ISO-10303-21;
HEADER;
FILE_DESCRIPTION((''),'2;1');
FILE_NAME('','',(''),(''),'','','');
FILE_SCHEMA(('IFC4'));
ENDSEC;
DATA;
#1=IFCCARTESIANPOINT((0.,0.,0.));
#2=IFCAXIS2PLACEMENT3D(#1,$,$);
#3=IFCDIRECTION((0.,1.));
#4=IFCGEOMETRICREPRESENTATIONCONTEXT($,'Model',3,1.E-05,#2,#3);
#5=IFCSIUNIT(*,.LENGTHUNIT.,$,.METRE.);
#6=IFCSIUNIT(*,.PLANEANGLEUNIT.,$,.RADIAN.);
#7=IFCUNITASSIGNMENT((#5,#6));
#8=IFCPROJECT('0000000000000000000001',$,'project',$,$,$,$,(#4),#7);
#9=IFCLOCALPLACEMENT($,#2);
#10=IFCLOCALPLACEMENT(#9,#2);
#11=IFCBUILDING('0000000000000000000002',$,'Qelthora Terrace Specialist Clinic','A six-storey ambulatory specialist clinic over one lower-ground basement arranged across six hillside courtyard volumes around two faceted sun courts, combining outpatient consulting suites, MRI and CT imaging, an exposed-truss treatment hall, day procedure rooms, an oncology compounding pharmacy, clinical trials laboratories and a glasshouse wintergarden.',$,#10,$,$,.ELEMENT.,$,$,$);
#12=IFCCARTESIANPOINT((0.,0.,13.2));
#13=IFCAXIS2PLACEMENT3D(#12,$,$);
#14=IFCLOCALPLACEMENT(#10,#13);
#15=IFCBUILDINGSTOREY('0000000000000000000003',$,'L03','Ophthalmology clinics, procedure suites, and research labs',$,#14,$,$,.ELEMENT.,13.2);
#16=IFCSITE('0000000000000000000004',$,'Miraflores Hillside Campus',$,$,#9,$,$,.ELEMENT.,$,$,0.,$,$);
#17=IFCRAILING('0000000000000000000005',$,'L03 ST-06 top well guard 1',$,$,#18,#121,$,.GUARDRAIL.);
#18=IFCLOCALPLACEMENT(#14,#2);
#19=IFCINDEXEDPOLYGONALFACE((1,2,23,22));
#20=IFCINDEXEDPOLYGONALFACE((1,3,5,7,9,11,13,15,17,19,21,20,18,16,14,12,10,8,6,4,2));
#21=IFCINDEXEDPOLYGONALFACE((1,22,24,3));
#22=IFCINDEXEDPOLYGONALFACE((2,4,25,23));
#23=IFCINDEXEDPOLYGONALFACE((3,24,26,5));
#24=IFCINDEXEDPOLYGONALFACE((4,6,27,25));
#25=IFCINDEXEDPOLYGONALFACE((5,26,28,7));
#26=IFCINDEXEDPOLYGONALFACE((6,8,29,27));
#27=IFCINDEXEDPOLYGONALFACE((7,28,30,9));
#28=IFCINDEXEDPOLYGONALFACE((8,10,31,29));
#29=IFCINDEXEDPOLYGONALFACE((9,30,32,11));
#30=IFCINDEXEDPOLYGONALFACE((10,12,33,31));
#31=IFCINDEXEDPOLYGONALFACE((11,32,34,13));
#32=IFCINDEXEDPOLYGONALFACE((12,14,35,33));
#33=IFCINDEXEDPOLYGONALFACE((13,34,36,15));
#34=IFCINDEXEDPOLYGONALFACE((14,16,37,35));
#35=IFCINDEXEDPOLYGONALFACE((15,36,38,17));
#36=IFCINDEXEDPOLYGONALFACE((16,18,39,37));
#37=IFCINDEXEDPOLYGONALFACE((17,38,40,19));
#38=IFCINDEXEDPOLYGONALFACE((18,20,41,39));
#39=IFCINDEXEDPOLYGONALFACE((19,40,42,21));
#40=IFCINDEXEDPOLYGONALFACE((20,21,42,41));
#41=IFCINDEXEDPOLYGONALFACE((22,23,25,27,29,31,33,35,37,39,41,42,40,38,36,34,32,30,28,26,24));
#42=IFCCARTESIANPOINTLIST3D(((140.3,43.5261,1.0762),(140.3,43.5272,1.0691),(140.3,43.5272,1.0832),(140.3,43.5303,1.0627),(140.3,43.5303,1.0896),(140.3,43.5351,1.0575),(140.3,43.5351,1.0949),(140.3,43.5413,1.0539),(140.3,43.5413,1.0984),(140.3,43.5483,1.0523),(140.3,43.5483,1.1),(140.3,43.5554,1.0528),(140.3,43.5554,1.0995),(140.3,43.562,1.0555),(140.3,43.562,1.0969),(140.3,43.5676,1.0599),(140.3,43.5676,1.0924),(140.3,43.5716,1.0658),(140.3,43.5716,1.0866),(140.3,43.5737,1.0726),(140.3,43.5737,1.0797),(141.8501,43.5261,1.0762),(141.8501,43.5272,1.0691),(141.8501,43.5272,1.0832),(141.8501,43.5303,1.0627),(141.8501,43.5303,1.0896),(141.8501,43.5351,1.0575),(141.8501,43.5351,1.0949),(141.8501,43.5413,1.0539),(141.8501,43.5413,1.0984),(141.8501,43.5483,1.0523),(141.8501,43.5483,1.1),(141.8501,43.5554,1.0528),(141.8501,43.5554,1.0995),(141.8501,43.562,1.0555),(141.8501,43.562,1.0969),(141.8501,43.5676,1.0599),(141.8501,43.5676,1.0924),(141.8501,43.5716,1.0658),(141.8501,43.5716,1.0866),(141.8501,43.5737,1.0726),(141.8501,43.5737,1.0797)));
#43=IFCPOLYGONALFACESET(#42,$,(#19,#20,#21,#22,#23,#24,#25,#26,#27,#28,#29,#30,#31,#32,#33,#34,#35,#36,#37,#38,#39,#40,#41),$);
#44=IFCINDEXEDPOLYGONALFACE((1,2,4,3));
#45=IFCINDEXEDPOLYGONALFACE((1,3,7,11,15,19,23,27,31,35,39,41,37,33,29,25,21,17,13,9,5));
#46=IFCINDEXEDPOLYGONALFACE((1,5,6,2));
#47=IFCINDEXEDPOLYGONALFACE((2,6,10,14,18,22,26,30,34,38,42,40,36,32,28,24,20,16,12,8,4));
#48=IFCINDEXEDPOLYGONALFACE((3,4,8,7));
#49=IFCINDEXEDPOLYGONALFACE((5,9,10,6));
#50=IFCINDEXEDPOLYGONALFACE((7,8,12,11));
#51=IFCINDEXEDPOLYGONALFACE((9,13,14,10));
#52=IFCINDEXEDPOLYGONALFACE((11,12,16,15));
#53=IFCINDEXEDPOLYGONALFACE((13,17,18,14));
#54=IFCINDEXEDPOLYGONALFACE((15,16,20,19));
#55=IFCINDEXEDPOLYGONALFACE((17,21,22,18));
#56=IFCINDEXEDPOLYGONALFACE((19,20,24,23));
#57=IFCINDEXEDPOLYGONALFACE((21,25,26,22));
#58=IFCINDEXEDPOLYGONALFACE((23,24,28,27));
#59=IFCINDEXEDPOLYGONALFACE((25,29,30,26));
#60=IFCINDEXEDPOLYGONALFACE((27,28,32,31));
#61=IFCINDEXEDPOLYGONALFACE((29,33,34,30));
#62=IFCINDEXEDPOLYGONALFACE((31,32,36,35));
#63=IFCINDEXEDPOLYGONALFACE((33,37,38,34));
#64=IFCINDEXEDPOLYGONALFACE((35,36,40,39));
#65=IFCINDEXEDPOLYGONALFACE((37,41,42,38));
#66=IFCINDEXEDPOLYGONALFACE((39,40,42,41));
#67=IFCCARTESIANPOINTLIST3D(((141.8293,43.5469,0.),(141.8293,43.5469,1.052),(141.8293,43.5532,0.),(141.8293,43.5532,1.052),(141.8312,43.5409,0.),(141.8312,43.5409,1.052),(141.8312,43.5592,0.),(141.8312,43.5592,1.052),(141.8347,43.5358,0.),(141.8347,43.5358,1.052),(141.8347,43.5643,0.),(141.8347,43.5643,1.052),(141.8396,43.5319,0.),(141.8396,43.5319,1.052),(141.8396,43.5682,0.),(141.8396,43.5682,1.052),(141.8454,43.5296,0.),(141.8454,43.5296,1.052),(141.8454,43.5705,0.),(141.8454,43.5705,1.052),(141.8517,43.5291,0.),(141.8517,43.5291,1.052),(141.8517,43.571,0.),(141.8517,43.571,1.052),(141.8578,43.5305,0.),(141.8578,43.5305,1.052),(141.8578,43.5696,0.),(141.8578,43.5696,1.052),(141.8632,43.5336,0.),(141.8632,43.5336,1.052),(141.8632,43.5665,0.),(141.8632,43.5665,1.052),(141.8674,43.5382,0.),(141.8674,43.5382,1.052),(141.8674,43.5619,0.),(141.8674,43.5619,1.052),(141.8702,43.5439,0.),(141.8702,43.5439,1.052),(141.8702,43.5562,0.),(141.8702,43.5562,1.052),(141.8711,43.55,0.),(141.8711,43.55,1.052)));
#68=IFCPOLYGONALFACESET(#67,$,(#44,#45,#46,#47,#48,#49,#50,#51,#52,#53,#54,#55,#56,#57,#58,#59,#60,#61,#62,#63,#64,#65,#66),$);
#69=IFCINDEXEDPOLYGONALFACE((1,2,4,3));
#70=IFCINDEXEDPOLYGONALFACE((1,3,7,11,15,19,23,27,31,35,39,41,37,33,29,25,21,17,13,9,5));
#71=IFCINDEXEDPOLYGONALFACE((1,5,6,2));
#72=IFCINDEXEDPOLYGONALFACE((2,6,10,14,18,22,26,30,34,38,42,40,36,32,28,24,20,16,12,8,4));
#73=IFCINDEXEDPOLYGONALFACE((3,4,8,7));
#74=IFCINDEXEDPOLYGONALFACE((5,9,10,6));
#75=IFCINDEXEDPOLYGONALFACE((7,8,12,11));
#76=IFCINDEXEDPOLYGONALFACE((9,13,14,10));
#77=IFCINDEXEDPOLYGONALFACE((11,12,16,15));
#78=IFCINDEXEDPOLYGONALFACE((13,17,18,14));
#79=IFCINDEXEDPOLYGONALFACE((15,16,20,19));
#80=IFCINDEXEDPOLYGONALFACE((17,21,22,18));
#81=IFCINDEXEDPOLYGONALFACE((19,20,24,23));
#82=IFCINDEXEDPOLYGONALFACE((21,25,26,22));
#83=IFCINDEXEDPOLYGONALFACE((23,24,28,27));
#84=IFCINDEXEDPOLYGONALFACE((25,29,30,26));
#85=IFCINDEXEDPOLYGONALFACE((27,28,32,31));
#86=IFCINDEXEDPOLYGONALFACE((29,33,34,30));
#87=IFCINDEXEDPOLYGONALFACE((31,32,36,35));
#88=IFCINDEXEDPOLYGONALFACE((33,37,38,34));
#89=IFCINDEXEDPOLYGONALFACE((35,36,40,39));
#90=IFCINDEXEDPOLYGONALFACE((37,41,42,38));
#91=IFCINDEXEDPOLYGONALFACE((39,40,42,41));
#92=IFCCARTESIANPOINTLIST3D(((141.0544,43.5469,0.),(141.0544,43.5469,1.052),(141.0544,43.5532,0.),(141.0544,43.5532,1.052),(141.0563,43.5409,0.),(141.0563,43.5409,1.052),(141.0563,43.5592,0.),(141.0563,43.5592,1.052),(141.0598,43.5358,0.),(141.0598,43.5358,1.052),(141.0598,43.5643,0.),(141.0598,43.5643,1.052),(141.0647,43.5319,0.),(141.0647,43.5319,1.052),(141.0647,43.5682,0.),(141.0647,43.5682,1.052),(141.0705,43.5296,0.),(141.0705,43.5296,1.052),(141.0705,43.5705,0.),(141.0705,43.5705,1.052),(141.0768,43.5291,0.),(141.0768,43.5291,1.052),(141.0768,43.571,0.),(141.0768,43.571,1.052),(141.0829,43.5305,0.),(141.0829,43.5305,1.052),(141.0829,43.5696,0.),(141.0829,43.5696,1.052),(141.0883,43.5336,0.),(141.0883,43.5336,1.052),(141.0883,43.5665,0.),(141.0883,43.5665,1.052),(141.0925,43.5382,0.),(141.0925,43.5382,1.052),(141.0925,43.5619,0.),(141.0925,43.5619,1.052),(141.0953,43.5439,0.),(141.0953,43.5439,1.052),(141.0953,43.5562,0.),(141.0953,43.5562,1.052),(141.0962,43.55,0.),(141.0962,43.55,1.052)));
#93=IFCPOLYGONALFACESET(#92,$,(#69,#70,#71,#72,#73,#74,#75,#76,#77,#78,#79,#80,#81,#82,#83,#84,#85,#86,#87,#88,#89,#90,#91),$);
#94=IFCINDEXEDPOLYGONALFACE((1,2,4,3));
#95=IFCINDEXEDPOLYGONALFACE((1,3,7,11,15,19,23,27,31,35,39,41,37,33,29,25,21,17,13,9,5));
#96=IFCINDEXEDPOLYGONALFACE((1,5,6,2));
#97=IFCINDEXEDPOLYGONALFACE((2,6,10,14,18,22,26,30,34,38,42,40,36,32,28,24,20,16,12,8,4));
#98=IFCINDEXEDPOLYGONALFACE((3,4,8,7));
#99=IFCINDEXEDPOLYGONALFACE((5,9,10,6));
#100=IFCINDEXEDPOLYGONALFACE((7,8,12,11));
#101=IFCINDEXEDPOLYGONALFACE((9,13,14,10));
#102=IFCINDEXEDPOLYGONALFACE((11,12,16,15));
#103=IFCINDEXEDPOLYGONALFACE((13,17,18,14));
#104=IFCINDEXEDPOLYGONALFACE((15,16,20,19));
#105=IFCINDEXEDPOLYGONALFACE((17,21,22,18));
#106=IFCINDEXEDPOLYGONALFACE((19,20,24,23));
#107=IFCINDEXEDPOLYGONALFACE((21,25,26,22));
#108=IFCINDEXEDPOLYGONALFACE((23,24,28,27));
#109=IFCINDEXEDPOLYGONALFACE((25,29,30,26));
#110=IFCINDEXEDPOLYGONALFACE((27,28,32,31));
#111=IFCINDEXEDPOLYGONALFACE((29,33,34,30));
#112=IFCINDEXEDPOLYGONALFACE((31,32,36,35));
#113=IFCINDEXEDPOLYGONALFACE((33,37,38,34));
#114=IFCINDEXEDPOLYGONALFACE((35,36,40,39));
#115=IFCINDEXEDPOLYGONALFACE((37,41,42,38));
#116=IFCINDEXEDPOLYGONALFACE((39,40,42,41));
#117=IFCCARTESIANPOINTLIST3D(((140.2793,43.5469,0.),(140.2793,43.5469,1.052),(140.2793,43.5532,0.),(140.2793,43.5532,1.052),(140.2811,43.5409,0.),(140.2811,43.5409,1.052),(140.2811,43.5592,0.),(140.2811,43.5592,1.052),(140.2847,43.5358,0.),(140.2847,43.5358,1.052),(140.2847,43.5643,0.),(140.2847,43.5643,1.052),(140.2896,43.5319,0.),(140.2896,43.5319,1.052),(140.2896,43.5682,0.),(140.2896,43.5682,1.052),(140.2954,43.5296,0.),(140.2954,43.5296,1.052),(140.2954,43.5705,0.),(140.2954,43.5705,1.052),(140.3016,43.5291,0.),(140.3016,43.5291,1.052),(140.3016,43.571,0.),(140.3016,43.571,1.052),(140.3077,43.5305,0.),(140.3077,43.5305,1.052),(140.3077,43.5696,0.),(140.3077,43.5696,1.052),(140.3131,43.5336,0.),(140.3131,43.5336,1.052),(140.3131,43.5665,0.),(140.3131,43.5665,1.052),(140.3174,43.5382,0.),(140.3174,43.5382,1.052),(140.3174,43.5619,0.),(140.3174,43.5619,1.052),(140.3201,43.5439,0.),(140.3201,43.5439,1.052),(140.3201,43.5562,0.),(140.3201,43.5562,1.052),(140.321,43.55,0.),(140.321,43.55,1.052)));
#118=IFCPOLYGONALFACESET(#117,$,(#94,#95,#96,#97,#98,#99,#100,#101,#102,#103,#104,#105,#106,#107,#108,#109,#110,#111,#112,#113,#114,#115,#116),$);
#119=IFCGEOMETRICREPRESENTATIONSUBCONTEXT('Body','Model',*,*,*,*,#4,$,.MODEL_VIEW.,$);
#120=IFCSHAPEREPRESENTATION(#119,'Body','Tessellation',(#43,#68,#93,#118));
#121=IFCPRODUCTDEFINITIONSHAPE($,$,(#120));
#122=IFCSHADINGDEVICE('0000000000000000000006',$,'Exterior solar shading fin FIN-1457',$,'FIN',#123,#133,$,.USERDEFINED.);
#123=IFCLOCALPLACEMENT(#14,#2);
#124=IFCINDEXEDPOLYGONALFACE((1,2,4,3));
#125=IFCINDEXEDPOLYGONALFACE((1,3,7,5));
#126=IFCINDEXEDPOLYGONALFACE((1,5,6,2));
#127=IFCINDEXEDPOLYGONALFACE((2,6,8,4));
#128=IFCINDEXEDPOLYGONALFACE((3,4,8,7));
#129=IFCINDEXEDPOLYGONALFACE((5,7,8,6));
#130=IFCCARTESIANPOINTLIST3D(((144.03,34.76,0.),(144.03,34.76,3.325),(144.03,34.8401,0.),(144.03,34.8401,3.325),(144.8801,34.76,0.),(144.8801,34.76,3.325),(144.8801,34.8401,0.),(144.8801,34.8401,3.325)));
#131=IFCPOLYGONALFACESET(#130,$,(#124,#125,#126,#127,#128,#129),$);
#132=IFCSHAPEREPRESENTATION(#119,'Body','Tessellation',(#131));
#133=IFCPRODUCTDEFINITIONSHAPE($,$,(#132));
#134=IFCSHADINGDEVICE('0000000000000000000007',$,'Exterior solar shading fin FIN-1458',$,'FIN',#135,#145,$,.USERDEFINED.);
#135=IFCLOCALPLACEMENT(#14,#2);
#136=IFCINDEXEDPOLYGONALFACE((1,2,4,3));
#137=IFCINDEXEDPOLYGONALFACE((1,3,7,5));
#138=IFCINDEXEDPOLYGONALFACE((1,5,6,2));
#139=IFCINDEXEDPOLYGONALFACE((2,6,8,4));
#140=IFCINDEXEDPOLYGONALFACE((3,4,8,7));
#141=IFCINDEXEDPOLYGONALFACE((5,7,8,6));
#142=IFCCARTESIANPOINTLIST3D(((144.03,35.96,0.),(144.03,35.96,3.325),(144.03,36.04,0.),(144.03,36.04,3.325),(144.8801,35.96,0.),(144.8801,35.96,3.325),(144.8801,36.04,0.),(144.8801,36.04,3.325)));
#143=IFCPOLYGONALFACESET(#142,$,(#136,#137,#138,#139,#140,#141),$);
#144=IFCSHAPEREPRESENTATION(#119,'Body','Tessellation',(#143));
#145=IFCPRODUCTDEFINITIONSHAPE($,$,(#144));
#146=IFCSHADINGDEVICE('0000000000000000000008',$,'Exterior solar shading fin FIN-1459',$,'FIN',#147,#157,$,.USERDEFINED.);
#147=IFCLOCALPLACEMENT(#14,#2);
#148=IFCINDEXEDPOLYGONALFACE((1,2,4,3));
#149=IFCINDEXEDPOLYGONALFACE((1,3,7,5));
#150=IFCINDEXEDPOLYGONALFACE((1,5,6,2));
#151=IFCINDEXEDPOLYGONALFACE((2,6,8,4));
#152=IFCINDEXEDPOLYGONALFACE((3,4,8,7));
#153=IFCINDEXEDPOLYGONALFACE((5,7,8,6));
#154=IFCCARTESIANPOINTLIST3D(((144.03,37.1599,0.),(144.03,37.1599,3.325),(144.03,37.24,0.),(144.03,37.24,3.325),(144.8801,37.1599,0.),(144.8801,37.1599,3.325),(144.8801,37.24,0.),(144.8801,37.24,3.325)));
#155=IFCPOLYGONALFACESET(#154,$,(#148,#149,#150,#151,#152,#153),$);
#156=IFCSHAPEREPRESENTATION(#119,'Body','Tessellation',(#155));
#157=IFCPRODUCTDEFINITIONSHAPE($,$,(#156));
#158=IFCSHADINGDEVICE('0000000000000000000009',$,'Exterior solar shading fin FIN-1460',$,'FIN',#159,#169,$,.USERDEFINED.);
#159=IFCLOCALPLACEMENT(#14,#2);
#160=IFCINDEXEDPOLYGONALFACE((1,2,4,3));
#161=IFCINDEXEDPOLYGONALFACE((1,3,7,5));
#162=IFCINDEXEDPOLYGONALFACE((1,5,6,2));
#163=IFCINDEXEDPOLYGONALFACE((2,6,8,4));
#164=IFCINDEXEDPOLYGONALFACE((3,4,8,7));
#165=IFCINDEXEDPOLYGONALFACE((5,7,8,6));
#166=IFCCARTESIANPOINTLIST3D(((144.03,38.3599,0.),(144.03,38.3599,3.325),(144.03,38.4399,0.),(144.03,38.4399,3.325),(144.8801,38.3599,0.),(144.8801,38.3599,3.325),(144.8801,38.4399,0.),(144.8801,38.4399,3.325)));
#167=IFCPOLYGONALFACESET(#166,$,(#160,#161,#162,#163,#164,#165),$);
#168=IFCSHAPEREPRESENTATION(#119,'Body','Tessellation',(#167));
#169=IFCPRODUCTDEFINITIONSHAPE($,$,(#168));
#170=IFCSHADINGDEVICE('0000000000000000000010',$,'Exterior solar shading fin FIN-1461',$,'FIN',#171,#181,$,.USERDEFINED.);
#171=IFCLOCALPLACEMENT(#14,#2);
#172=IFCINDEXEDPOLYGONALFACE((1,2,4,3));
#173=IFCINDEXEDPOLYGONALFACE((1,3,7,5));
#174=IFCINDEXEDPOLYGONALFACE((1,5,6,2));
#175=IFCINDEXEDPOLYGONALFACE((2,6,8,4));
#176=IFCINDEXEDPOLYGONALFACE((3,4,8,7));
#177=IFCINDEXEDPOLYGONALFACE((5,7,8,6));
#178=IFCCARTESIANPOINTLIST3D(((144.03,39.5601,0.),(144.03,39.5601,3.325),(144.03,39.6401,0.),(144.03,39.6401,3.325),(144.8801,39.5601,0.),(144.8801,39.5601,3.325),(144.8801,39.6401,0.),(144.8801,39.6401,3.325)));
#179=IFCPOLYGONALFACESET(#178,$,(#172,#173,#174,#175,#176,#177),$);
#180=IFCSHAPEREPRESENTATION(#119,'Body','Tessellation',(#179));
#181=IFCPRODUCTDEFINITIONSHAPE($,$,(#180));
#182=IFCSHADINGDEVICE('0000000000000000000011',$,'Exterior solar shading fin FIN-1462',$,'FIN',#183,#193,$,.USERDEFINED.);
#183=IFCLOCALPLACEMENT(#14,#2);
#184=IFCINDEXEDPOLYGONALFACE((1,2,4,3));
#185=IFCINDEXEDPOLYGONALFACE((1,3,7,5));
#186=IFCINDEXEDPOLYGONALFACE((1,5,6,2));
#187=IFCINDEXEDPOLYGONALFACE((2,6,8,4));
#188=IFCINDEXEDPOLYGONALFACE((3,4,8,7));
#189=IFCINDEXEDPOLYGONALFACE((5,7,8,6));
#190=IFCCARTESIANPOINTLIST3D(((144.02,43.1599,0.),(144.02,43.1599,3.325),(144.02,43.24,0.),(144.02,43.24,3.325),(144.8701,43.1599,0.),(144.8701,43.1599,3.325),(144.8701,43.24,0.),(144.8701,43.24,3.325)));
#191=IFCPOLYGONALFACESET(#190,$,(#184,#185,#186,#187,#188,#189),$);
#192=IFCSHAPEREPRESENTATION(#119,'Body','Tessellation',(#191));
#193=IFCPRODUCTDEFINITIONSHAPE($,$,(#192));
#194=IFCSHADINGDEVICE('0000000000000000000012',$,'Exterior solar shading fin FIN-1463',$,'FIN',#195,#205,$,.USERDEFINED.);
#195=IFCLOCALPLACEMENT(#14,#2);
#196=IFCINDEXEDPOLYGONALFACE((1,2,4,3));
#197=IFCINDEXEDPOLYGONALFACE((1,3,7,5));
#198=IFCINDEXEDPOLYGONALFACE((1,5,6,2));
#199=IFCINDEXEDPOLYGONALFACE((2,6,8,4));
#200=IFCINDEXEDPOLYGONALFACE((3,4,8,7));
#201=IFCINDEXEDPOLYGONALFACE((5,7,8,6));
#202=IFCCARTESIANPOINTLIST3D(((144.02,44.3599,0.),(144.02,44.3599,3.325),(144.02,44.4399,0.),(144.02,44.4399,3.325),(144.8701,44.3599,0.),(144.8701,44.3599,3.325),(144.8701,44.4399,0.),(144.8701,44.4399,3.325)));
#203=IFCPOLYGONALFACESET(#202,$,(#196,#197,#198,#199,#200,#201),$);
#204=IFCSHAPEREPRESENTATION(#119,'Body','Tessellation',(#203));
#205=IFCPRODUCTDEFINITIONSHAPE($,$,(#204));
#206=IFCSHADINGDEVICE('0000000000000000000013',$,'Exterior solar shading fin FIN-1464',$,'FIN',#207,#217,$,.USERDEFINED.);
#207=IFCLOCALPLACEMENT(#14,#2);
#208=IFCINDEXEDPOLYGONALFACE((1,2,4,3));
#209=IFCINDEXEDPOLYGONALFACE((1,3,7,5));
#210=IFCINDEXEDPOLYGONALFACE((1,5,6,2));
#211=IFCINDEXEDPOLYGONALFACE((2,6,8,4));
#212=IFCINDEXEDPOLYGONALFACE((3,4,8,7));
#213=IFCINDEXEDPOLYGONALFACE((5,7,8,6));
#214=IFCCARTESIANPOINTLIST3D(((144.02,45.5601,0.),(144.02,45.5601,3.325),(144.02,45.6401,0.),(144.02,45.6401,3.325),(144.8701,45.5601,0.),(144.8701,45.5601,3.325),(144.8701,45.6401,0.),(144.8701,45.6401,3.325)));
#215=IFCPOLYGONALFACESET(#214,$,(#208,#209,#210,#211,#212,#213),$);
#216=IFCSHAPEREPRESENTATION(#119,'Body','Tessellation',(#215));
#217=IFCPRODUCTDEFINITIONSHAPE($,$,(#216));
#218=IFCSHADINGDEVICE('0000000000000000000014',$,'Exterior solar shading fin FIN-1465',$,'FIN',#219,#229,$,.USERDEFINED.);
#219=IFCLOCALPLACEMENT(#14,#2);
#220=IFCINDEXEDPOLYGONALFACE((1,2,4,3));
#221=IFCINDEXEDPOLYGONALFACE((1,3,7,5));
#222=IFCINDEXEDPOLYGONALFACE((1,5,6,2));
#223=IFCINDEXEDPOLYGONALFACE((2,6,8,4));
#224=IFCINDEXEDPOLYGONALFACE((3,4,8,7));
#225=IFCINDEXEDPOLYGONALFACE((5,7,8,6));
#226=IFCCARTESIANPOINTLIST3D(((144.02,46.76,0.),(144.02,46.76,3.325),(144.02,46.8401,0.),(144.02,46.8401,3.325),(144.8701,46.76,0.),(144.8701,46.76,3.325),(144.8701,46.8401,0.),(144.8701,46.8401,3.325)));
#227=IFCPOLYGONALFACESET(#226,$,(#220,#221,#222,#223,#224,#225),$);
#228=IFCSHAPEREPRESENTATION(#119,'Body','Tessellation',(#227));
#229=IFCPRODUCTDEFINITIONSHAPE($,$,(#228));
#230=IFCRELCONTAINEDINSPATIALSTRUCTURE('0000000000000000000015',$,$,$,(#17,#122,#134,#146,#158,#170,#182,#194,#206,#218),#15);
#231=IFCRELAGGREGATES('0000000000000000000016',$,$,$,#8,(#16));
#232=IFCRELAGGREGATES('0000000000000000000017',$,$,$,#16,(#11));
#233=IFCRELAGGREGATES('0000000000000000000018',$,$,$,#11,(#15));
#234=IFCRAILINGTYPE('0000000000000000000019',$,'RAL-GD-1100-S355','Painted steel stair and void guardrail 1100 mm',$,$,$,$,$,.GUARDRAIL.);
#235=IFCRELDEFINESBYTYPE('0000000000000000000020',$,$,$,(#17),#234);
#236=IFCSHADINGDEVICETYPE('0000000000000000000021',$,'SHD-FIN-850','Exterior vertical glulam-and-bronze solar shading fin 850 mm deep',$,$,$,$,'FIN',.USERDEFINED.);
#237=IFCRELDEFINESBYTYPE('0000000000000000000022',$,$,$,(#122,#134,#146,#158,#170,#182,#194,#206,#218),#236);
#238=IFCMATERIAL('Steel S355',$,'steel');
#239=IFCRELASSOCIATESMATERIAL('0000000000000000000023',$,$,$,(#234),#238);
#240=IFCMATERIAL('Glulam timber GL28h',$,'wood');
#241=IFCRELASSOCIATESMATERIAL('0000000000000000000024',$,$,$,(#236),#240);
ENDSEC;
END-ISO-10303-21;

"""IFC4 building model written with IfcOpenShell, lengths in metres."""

from ifc_helpers import new_model, si_unit, direction, frame, origin, origin_2d, place, context, subcontext, project, spatial, rectangle, circle, extrude, material, type_object, element, save


model = new_model("IFC4")

# Units and contexts
model_context = context("Model", 3, precision=1e-05, world=origin(), true_north=direction((0.0, 1.0)))
body_context = subcontext(model_context, "Body", "Model", "MODEL_VIEW")
ifc_project = project(units=[si_unit("LENGTHUNIT", "METRE"), si_unit("PLANEANGLEUNIT", "RADIAN")], contexts=[model_context])

# Site, building, storey
site_placement = place(None, origin())
site = spatial("IfcSite", under=ifc_project, at=site_placement, Name="Miraflores Hillside Campus", CompositionType="ELEMENT", RefElevation=0.0)
building_placement = place(site_placement, origin())
building = spatial("IfcBuilding", under=site, at=building_placement, Name="Qelthora Terrace Specialist Clinic", Description="A six-storey ambulatory specialist clinic over one lower-ground basement arranged across six hillside courtyard volumes around two faceted sun courts, combining outpatient consulting suites, MRI and CT imaging, an exposed-truss treatment hall, day procedure rooms, an oncology compounding pharmacy, clinical trials laboratories and a glasshouse wintergarden.", CompositionType="ELEMENT")
storey_placement = place(building_placement, frame((0.0, 0.0, 13.2)))
storey = spatial("IfcBuildingStorey", under=building, at=storey_placement, Name="L03", Description="Ophthalmology clinics, procedure suites, and research labs", CompositionType="ELEMENT", Elevation=13.2)

# Shared definitions
ifc_material_1 = material(Name="Steel S355", Category="steel")

# Railing
railing_type = type_object("IfcRailingType", Name="RAL-GD-1100-S355", Description="Painted steel stair and void guardrail 1100 mm", PredefinedType="GUARDRAIL", material=ifc_material_1)
railing_placement = place(storey_placement, frame((141.8501, 43.55, 0.0)))
element("IfcRailing", 1, at=railing_placement, inside=storey, type_object=railing_type, Name="L03 ST-06 top well guard 1", PredefinedType="GUARDRAIL", context=body_context, shape_type="SweptSolid", body=[
    extrude(circle(Radius=0.0239, at=origin_2d()), frame((0.0, 0.0, 1.0762), z_axis=(-1.0, 0.0, 0.0), x_axis=(0.0, -1.0, 0.0)), (0.0, 0.0, 1.0), 1.55),
    extrude(circle(Radius=0.021, at=origin_2d()), origin(), (0.0, 0.0, 1.0), 1.052),
    extrude(circle(Radius=0.021, at=origin_2d()), frame((-0.7749, 0.0, 0.0)), (0.0, 0.0, 1.0), 1.052),
    extrude(circle(Radius=0.021, at=origin_2d()), frame((-1.55, 0.0, 0.0)), (0.0, 0.0, 1.0), 1.052),
])

# Shading devices
ifc_material_2 = material(Name="Glulam timber GL28h", Category="wood")
shading_device_type = type_object("IfcShadingDeviceType", Name="SHD-FIN-850", Description="Exterior vertical glulam-and-bronze solar shading fin 850 mm deep", ElementType="FIN", PredefinedType="USERDEFINED", material=ifc_material_2)
for number, where, z_axis, x_axis, name in (
    (2, (144.4551, 34.8, 0.0), (0.0, 0.0, 1.0), (1.0, 0.0, 0.0), "Exterior solar shading fin FIN-1457"),
    (3, (144.4551, 36.0, 0.0), (0.0, 0.0, 1.0), (1.0, 0.0, 0.0), "Exterior solar shading fin FIN-1458"),
    (4, (144.4551, 37.2, 0.0), (0.0, 0.0, 1.0), (1.0, 0.0, 0.0), "Exterior solar shading fin FIN-1459"),
    (5, (144.4551, 38.3999, 0.0), (0.0, 0.0, 1.0), (1.0, 0.0, 0.0), "Exterior solar shading fin FIN-1460"),
    (6, (144.4551, 39.6001, 0.0), (0.0, 0.0, 1.0), (1.0, 0.0, 0.0), "Exterior solar shading fin FIN-1461"),
    (7, (144.4451, 43.2, 0.0), (0.0, 0.0, 1.0), (1.0, 0.0, 0.0), "Exterior solar shading fin FIN-1462"),
    (8, (144.4451, 44.3999, 0.0), (0.0, 0.0, 1.0), (1.0, 0.0, 0.0), "Exterior solar shading fin FIN-1463"),
    (9, (144.4451, 45.6001, 0.0), (0.0, 0.0, 1.0), (1.0, 0.0, 0.0), "Exterior solar shading fin FIN-1464"),
    (10, (144.4451, 46.8, 0.0), (0.0, 0.0, 1.0), (1.0, 0.0, 0.0), "Exterior solar shading fin FIN-1465"),
):
    element("IfcShadingDevice", number, at=place(storey_placement, frame(where, z_axis=z_axis, x_axis=x_axis)), inside=storey, type_object=shading_device_type, Name=name, ObjectType="FIN", PredefinedType="USERDEFINED", context=body_context, shape_type="SweptSolid", body=[
        extrude(rectangle(XDim=0.8501, YDim=0.0801, at=origin_2d()), origin(), (0.0, 0.0, 1.0), 3.325),
    ])

save(model, "model.ifc")
